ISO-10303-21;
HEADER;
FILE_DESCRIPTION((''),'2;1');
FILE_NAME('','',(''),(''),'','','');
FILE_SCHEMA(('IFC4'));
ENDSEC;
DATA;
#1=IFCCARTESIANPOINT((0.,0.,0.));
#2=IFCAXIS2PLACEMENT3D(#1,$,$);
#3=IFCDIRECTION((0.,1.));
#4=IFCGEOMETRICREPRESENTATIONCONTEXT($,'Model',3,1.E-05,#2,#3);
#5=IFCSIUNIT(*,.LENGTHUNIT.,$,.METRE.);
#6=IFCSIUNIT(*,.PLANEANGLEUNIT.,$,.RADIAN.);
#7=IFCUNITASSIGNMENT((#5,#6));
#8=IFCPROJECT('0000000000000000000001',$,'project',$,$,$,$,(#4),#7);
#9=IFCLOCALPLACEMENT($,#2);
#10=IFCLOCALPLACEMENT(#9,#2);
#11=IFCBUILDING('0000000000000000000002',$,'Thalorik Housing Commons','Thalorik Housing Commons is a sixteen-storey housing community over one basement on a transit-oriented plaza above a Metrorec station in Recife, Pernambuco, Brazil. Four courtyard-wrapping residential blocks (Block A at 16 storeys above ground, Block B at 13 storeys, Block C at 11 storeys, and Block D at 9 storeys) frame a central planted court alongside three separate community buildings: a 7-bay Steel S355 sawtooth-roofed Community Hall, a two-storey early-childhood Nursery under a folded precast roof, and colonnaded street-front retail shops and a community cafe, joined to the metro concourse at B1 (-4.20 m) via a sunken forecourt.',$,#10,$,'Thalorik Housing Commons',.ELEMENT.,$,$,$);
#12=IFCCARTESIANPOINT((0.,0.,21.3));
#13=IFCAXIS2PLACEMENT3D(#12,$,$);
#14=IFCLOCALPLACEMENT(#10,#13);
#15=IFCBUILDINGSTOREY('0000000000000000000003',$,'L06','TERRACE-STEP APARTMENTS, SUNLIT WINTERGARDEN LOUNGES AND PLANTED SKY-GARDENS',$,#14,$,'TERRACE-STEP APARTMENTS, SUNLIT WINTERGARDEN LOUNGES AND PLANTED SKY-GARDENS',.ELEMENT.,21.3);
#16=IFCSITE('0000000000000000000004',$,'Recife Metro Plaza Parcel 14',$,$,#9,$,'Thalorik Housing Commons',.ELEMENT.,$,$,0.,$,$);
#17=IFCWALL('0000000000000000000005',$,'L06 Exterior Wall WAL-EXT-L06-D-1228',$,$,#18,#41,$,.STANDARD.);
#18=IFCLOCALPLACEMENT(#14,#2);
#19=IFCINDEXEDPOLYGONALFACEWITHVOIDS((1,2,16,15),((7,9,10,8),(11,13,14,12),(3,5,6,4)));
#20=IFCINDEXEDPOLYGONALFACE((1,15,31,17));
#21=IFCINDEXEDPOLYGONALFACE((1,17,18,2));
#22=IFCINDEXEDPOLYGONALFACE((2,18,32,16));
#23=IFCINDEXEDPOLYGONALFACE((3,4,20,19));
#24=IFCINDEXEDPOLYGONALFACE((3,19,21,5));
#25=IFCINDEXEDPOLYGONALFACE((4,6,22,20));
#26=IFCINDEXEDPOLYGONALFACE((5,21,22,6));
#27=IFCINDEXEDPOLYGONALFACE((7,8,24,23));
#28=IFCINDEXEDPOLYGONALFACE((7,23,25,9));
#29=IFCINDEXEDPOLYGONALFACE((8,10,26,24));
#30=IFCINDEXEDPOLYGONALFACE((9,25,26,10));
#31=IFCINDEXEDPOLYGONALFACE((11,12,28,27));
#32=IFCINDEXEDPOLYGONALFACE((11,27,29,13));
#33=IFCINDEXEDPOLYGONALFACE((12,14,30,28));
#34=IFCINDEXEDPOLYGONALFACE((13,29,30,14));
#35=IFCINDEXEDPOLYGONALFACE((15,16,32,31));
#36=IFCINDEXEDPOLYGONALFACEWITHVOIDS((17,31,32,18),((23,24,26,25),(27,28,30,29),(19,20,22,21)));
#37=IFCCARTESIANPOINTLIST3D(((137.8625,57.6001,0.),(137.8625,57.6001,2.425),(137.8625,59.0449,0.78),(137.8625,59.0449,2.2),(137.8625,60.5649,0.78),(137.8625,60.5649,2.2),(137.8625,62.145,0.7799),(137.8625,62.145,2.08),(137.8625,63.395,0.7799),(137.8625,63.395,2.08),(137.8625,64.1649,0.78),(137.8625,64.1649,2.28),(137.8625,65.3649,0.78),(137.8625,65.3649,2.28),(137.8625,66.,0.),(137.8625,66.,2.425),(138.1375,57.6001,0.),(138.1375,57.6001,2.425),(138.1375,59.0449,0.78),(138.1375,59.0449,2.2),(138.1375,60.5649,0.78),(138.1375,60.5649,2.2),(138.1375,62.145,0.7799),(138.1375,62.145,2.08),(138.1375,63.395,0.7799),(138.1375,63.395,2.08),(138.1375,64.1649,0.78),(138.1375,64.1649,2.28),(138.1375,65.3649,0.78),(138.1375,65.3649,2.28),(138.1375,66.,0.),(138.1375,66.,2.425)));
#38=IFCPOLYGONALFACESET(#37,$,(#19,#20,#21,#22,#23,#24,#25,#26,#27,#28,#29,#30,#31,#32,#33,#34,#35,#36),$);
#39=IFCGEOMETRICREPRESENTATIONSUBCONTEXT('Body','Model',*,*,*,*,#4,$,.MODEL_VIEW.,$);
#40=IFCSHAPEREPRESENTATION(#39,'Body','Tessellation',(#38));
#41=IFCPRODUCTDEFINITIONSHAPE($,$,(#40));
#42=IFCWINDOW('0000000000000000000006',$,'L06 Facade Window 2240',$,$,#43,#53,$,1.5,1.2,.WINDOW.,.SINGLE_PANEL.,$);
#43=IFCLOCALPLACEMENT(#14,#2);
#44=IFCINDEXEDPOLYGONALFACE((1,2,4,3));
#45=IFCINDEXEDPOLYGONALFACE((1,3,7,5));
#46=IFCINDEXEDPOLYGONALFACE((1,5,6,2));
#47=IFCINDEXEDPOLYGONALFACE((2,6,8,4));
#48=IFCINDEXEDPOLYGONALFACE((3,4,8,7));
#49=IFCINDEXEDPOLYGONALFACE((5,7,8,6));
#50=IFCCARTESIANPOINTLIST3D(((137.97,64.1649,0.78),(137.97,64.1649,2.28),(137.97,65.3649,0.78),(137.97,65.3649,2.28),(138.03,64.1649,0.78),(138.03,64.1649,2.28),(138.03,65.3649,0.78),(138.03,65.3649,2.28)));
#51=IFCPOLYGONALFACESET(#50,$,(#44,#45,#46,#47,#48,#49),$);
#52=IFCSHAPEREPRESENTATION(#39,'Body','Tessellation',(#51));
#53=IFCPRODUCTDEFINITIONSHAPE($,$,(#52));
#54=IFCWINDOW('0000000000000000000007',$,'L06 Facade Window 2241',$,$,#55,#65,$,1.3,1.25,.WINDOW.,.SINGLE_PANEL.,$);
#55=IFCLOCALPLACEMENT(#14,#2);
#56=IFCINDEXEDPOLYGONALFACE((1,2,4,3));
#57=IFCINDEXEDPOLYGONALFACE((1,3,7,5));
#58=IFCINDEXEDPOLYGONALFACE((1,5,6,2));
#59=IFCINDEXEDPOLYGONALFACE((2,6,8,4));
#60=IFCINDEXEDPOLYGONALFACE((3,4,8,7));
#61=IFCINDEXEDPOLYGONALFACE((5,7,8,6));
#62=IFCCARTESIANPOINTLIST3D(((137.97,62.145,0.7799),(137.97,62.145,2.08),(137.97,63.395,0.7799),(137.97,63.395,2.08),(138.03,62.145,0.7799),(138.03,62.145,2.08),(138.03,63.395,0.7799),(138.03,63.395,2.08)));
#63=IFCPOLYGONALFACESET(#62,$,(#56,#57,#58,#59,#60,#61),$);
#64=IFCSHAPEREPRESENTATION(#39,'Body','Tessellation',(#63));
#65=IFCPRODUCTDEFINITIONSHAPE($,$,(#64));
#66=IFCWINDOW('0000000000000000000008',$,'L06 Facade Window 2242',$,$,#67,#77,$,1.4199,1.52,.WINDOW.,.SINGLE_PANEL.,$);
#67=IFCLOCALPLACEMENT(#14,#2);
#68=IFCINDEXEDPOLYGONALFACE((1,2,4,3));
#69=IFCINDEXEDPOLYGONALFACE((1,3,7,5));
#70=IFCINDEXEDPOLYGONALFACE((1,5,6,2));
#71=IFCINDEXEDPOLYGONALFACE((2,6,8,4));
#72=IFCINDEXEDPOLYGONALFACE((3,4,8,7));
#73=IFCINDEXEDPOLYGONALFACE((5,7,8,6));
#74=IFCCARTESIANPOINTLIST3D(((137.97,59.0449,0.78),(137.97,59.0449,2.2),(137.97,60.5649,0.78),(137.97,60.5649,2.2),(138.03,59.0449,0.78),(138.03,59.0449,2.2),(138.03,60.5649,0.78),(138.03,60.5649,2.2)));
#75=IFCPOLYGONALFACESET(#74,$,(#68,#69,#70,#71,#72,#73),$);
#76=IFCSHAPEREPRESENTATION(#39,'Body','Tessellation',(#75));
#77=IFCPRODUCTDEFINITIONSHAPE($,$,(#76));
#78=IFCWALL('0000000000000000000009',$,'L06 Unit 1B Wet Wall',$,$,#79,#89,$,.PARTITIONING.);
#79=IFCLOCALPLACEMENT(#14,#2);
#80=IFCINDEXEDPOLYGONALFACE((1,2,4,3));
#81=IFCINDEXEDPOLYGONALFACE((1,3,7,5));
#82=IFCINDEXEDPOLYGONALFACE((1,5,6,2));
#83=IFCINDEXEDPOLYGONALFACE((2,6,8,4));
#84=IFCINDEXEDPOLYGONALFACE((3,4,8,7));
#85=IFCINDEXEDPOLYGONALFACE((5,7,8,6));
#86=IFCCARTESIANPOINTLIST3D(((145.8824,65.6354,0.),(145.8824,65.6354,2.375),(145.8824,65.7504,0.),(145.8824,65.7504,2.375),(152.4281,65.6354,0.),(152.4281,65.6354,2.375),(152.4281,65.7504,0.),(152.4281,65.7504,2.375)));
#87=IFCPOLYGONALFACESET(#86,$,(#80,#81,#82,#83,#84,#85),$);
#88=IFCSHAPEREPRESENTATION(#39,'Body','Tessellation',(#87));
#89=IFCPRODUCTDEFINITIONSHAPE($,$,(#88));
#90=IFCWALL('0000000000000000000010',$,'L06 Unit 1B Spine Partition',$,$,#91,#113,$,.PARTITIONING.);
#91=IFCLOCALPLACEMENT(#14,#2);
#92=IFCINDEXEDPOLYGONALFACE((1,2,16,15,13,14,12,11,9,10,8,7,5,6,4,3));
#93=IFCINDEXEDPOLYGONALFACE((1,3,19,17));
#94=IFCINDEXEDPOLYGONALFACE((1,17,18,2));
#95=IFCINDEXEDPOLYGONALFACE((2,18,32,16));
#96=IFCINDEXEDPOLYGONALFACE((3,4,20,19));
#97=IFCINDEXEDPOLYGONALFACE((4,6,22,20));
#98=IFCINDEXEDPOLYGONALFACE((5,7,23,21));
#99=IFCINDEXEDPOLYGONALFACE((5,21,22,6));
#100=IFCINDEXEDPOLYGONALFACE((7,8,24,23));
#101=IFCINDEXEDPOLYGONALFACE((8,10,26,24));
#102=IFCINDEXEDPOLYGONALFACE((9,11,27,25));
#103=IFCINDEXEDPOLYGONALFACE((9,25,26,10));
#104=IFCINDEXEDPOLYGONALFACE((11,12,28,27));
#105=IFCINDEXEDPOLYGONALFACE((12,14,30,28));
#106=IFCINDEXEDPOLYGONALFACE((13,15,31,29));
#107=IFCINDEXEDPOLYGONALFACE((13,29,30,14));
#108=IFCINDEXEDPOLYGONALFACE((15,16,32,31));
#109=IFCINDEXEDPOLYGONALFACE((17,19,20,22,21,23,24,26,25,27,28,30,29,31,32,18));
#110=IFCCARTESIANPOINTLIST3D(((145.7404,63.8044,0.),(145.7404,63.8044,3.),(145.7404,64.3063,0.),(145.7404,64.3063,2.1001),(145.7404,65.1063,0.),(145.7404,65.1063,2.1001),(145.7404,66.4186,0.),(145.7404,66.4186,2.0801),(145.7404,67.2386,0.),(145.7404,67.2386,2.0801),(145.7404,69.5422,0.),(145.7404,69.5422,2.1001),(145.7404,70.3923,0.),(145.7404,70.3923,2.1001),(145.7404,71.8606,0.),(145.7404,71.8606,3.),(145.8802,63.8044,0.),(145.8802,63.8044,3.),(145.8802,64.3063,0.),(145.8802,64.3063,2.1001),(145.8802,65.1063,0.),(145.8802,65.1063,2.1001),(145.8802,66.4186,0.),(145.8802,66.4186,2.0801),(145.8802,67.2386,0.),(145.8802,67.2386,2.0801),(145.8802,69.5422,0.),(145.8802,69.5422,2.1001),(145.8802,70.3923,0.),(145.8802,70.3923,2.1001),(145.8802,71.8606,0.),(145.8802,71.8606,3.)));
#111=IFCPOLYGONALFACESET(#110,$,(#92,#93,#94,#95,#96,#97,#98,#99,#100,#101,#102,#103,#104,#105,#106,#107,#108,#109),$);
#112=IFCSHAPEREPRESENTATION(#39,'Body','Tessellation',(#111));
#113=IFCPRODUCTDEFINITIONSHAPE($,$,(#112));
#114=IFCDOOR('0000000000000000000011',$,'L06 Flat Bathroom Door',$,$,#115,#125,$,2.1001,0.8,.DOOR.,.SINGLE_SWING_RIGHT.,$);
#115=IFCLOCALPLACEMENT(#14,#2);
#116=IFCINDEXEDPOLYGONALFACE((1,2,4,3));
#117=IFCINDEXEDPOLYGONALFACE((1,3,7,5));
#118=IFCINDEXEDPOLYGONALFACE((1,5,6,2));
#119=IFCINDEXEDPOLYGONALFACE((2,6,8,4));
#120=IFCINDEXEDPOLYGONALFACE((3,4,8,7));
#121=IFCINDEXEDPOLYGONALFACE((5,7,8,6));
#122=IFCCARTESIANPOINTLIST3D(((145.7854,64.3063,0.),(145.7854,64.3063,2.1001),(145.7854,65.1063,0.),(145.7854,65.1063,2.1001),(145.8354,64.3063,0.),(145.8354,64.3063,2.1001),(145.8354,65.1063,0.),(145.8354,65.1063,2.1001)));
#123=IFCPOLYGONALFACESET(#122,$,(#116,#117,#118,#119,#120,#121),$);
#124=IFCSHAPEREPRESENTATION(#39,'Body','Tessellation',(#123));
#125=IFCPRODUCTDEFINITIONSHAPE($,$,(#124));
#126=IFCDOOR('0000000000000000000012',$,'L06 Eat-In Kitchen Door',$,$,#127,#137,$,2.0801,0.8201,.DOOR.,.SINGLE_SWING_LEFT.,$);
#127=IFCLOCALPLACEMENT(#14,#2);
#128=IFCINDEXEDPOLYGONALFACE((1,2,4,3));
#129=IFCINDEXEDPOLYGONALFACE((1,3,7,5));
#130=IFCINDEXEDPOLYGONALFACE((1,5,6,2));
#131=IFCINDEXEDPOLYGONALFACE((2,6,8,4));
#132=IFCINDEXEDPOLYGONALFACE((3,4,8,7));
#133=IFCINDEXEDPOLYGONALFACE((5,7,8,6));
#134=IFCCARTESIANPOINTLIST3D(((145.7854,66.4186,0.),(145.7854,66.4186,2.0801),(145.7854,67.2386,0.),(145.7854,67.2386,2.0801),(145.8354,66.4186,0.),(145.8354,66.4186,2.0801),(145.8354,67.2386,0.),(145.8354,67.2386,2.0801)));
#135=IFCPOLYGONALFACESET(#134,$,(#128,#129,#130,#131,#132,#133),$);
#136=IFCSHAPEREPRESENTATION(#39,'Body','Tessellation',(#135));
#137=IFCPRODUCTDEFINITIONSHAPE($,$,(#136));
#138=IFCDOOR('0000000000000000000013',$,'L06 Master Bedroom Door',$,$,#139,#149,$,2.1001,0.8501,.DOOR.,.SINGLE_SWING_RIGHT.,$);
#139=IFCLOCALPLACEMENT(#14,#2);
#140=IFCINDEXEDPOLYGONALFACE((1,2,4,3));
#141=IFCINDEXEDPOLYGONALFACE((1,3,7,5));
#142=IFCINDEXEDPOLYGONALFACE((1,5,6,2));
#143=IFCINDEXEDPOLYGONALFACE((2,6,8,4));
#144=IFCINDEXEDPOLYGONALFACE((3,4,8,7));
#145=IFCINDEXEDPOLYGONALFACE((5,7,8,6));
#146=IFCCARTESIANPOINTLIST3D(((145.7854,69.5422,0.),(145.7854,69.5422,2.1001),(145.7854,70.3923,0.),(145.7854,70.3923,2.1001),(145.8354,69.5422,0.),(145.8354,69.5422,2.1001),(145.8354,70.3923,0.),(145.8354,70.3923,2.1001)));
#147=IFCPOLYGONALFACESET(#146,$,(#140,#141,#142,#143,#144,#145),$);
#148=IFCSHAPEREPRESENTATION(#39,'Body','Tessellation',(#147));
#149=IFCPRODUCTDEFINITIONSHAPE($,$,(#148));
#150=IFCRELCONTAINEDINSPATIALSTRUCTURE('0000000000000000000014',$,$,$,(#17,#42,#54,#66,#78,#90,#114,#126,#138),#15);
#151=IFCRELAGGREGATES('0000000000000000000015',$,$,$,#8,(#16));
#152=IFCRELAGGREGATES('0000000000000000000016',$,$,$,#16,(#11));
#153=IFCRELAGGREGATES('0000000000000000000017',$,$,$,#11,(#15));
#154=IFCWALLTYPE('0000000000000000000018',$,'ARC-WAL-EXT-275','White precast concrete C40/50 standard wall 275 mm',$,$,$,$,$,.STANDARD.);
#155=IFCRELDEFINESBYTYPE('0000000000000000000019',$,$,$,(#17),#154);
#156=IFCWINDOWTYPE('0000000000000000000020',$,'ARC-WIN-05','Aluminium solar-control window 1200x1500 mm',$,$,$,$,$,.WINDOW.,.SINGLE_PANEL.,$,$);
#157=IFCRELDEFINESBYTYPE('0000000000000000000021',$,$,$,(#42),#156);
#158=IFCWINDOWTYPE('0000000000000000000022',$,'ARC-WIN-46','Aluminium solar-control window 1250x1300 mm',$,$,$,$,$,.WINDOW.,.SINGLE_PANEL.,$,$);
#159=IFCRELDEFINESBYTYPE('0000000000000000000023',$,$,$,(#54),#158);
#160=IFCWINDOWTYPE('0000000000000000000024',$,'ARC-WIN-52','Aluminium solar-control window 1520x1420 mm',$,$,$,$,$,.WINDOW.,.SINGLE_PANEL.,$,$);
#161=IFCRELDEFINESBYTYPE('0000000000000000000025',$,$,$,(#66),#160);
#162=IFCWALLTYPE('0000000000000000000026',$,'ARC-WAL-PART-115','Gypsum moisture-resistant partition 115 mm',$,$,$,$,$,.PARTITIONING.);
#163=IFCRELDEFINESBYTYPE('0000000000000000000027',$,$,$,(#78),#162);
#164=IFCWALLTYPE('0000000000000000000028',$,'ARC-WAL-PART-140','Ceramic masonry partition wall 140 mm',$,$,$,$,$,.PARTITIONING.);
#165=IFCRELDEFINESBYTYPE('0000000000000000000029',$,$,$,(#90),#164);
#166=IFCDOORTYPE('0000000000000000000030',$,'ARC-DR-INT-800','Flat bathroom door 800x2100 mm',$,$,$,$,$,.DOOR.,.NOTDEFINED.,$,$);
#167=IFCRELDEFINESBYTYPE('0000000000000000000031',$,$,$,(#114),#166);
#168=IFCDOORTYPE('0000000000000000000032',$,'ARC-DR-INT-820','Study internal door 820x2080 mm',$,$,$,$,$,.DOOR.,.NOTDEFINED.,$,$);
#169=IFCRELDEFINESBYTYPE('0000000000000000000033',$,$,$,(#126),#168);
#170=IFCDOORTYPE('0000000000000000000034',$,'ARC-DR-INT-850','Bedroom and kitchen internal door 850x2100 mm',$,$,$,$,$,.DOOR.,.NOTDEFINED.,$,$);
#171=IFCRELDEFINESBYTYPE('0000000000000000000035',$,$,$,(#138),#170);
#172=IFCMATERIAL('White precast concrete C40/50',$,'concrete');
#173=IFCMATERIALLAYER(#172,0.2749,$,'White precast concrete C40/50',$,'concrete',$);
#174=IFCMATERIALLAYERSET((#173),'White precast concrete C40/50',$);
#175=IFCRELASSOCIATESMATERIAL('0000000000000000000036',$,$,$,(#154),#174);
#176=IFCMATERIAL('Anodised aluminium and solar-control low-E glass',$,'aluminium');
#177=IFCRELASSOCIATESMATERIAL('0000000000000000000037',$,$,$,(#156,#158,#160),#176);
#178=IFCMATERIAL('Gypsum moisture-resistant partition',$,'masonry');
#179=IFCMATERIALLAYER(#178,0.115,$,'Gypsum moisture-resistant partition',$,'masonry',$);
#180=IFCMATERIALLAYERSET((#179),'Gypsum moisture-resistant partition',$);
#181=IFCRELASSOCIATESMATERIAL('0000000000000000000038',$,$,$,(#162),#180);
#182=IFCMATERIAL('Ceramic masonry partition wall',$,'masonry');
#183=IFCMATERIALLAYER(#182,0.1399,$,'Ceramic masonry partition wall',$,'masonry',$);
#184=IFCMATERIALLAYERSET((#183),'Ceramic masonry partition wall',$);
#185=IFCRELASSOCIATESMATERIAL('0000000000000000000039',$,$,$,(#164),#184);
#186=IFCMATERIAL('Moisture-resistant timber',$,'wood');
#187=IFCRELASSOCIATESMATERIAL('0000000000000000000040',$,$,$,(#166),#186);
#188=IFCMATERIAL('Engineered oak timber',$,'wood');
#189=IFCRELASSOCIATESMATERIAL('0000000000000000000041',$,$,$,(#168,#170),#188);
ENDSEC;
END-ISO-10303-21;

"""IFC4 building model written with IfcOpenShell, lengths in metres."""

from ifc_helpers import new_model, si_unit, direction, frame, frame_2d, origin, place, context, subcontext, project, spatial, rectangle, extrude, material, layer, layer_set, type_object, element, fill, save


model = new_model("IFC4")

# Units and contexts
model_context = context("Model", 3, precision=1e-05, world=origin(), true_north=direction((0.0, 1.0)))
body_context = subcontext(model_context, "Body", "Model", "MODEL_VIEW")
ifc_project = project(units=[si_unit("LENGTHUNIT", "METRE"), si_unit("PLANEANGLEUNIT", "RADIAN")], contexts=[model_context])

# Site, building, storey
site_placement = place(None, origin())
site = spatial("IfcSite", under=ifc_project, at=site_placement, Name="Recife Metro Plaza Parcel 14", LongName="Thalorik Housing Commons", CompositionType="ELEMENT", RefElevation=0.0)
building_placement = place(site_placement, origin())
building = spatial("IfcBuilding", under=site, at=building_placement, Name="Thalorik Housing Commons", Description="Thalorik Housing Commons is a sixteen-storey housing community over one basement on a transit-oriented plaza above a Metrorec station in Recife, Pernambuco, Brazil. Four courtyard-wrapping residential blocks (Block A at 16 storeys above ground, Block B at 13 storeys, Block C at 11 storeys, and Block D at 9 storeys) frame a central planted court alongside three separate community buildings: a 7-bay Steel S355 sawtooth-roofed Community Hall, a two-storey early-childhood Nursery under a folded precast roof, and colonnaded street-front retail shops and a community cafe, joined to the metro concourse at B1 (-4.20 m) via a sunken forecourt.", LongName="Thalorik Housing Commons", CompositionType="ELEMENT")
storey_placement = place(building_placement, frame((0.0, 0.0, 21.3)))
storey = spatial("IfcBuildingStorey", under=building, at=storey_placement, Name="L06", Description="TERRACE-STEP APARTMENTS, SUNLIT WINTERGARDEN LOUNGES AND PLANTED SKY-GARDENS", LongName="TERRACE-STEP APARTMENTS, SUNLIT WINTERGARDEN LOUNGES AND PLANTED SKY-GARDENS", CompositionType="ELEMENT", Elevation=21.3)

# Wall, openings, windows
ifc_material_1 = material(Name="White precast concrete C40/50", Category="concrete")
ifc_layer_1 = layer(ifc_material_1, 0.2749, Name="White precast concrete C40/50", Category="concrete")
ifc_layer_set_1 = layer_set([ifc_layer_1], Name="White precast concrete C40/50")
wall_type_1 = type_object("IfcWallType", Name="ARC-WAL-EXT-275", Description="White precast concrete C40/50 standard wall 275 mm", PredefinedType="STANDARD", material=ifc_layer_set_1)
wall_1_placement = place(storey_placement, frame((138.0, 66.0, 0.0), z_axis=(0.0, 0.0, 1.0), x_axis=(0.0, -1.0, 0.0)))
wall_1 = element("IfcWall", 1, at=wall_1_placement, inside=storey, type_object=wall_type_1, Name="L06 Exterior Wall WAL-EXT-L06-D-1228", PredefinedType="STANDARD", context=body_context, shape_type="SweptSolid", body=[
    extrude(rectangle(XDim=8.3999, YDim=0.2749, at=frame_2d((4.2, 0.0))), origin(), (0.0, 0.0, 1.0), 2.425),
])
opening_1_placement = place(wall_1_placement, frame((0.635, 0.0, 0.78)))
opening_1 = element("IfcOpeningElement", 2, at=opening_1_placement, cuts=wall_1, PredefinedType="OPENING", context=body_context, shape_type="SweptSolid", body=[
    extrude(rectangle(XDim=1.2, YDim=1.5, at=frame_2d((0.6001, 0.75))), frame((0.0, 0.1475, 0.0), z_axis=(0.0, -1.0, 0.0), x_axis=(1.0, 0.0, 0.0)), (0.0, 0.0, 1.0), 0.2949),
])
opening_2_placement = place(wall_1_placement, frame((2.605, 0.0, 0.78)))
opening_2 = element("IfcOpeningElement", 3, at=opening_2_placement, cuts=wall_1, PredefinedType="OPENING", context=body_context, shape_type="SweptSolid", body=[
    extrude(rectangle(XDim=1.25, YDim=1.3, at=frame_2d((0.625, 0.6499))), frame((0.0, 0.1475, 0.0), z_axis=(0.0, -1.0, 0.0), x_axis=(1.0, 0.0, 0.0)), (0.0, 0.0, 1.0), 0.2949),
])
opening_3_placement = place(wall_1_placement, frame((5.4351, 0.0, 0.78)))
opening_3 = element("IfcOpeningElement", 4, at=opening_3_placement, cuts=wall_1, PredefinedType="OPENING", context=body_context, shape_type="SweptSolid", body=[
    extrude(rectangle(XDim=1.52, YDim=1.4199, at=frame_2d((0.76, 0.71))), frame((0.0, 0.1475, 0.0), z_axis=(0.0, -1.0, 0.0), x_axis=(1.0, 0.0, 0.0)), (0.0, 0.0, 1.0), 0.2949),
])
ifc_material_2 = material(Name="Anodised aluminium and solar-control low-E glass", Category="aluminium")
window_type_1 = type_object("IfcWindowType", Name="ARC-WIN-05", Description="Aluminium solar-control window 1200x1500 mm", PartitioningType="SINGLE_PANEL", PredefinedType="WINDOW", material=ifc_material_2)
window_1_placement = place(opening_1_placement, origin())
window_1 = element("IfcWindow", 5, at=window_1_placement, inside=storey, type_object=window_type_1, Name="L06 Facade Window 2240", OverallHeight=1.5, OverallWidth=1.2, PartitioningType="SINGLE_PANEL", PredefinedType="WINDOW", context=body_context, shape_type="SweptSolid", body=[
    extrude(rectangle(XDim=1.2, YDim=1.5, at=frame_2d((0.6001, 0.75))), frame((0.0, 0.03, 0.0), z_axis=(0.0, -1.0, 0.0), x_axis=(1.0, 0.0, 0.0)), (0.0, 0.0, 1.0), 0.0601),
])
fill(opening_1, window_1)
window_type_2 = type_object("IfcWindowType", Name="ARC-WIN-46", Description="Aluminium solar-control window 1250x1300 mm", PartitioningType="SINGLE_PANEL", PredefinedType="WINDOW", material=ifc_material_2)
window_2_placement = place(opening_2_placement, origin())
window_2 = element("IfcWindow", 6, at=window_2_placement, inside=storey, type_object=window_type_2, Name="L06 Facade Window 2241", OverallHeight=1.3, OverallWidth=1.25, PartitioningType="SINGLE_PANEL", PredefinedType="WINDOW", context=body_context, shape_type="SweptSolid", body=[
    extrude(rectangle(XDim=1.25, YDim=1.3, at=frame_2d((0.625, 0.6499))), frame((0.0, 0.03, 0.0), z_axis=(0.0, -1.0, 0.0), x_axis=(1.0, 0.0, 0.0)), (0.0, 0.0, 1.0), 0.0601),
])
fill(opening_2, window_2)
window_type_3 = type_object("IfcWindowType", Name="ARC-WIN-52", Description="Aluminium solar-control window 1520x1420 mm", PartitioningType="SINGLE_PANEL", PredefinedType="WINDOW", material=ifc_material_2)
window_3_placement = place(opening_3_placement, origin())
window_3 = element("IfcWindow", 7, at=window_3_placement, inside=storey, type_object=window_type_3, Name="L06 Facade Window 2242", OverallHeight=1.4199, OverallWidth=1.52, PartitioningType="SINGLE_PANEL", PredefinedType="WINDOW", context=body_context, shape_type="SweptSolid", body=[
    extrude(rectangle(XDim=1.52, YDim=1.4199, at=frame_2d((0.76, 0.71))), frame((0.0, 0.03, 0.0), z_axis=(0.0, -1.0, 0.0), x_axis=(1.0, 0.0, 0.0)), (0.0, 0.0, 1.0), 0.0601),
])
fill(opening_3, window_3)

# Wall
ifc_material_3 = material(Name="Gypsum moisture-resistant partition", Category="masonry")
ifc_layer_2 = layer(ifc_material_3, 0.115, Name="Gypsum moisture-resistant partition", Category="masonry")
ifc_layer_set_2 = layer_set([ifc_layer_2], Name="Gypsum moisture-resistant partition")
wall_type_2 = type_object("IfcWallType", Name="ARC-WAL-PART-115", Description="Gypsum moisture-resistant partition 115 mm", PredefinedType="PARTITIONING", material=ifc_layer_set_2)
wall_2_placement = place(storey_placement, frame((145.8823, 65.6929, 0.0), z_axis=(0.0, 0.0, 1.0), x_axis=(1.0, 0.0, 0.0)))
element("IfcWall", 8, at=wall_2_placement, inside=storey, type_object=wall_type_2, Name="L06 Unit 1B Wet Wall", PredefinedType="PARTITIONING", context=body_context, shape_type="SweptSolid", body=[
    extrude(rectangle(XDim=6.5457, YDim=0.115, at=frame_2d((3.2729, 0.0))), origin(), (0.0, 0.0, 1.0), 2.375),
])

# Wall, openings, doors
ifc_material_4 = material(Name="Ceramic masonry partition wall", Category="masonry")
ifc_layer_3 = layer(ifc_material_4, 0.1399, Name="Ceramic masonry partition wall", Category="masonry")
ifc_layer_set_3 = layer_set([ifc_layer_3], Name="Ceramic masonry partition wall")
wall_type_3 = type_object("IfcWallType", Name="ARC-WAL-PART-140", Description="Ceramic masonry partition wall 140 mm", PredefinedType="PARTITIONING", material=ifc_layer_set_3)
wall_3_placement = place(storey_placement, frame((145.8103, 63.8044, 0.0), z_axis=(0.0, 0.0, 1.0), x_axis=(0.0, 1.0, 0.0)))
wall_3 = element("IfcWall", 9, at=wall_3_placement, inside=storey, type_object=wall_type_3, Name="L06 Unit 1B Spine Partition", PredefinedType="PARTITIONING", context=body_context, shape_type="SweptSolid", body=[
    extrude(rectangle(XDim=8.0562, YDim=0.1399, at=frame_2d((4.0281, 0.0))), origin(), (0.0, 0.0, 1.0), 3.0),
])
opening_4_placement = place(wall_3_placement, frame((0.502, 0.0, 0.0)))
opening_4 = element("IfcOpeningElement", 10, at=opening_4_placement, cuts=wall_3, PredefinedType="OPENING", context=body_context, shape_type="SweptSolid", body=[
    extrude(rectangle(XDim=0.8, YDim=2.1001, at=frame_2d((0.3999, 1.05))), frame((0.0, 0.0801, 0.0), z_axis=(0.0, -1.0, 0.0), x_axis=(1.0, 0.0, 0.0)), (0.0, 0.0, 1.0), 0.1599),
])
opening_5_placement = place(wall_3_placement, frame((2.614, 0.0, 0.0)))
opening_5 = element("IfcOpeningElement", 11, at=opening_5_placement, cuts=wall_3, PredefinedType="OPENING", context=body_context, shape_type="SweptSolid", body=[
    extrude(rectangle(XDim=0.8201, YDim=2.0801, at=frame_2d((0.4102, 1.04))), frame((0.0, 0.0801, 0.0), z_axis=(0.0, -1.0, 0.0), x_axis=(1.0, 0.0, 0.0)), (0.0, 0.0, 1.0), 0.1599),
])
opening_6_placement = place(wall_3_placement, frame((5.7378, 0.0, 0.0)))
opening_6 = element("IfcOpeningElement", 12, at=opening_6_placement, cuts=wall_3, PredefinedType="OPENING", context=body_context, shape_type="SweptSolid", body=[
    extrude(rectangle(XDim=0.8501, YDim=2.1001, at=frame_2d((0.425, 1.05))), frame((0.0, 0.0801, 0.0), z_axis=(0.0, -1.0, 0.0), x_axis=(1.0, 0.0, 0.0)), (0.0, 0.0, 1.0), 0.1599),
])
ifc_material_5 = material(Name="Moisture-resistant timber", Category="wood")
door_type_1 = type_object("IfcDoorType", Name="ARC-DR-INT-800", Description="Flat bathroom door 800x2100 mm", OperationType="NOTDEFINED", PredefinedType="DOOR", material=ifc_material_5)
door_1_placement = place(opening_4_placement, origin())
door_1 = element("IfcDoor", 13, at=door_1_placement, inside=storey, type_object=door_type_1, Name="L06 Flat Bathroom Door", OperationType="SINGLE_SWING_RIGHT", OverallHeight=2.1001, OverallWidth=0.8, PredefinedType="DOOR", context=body_context, shape_type="SweptSolid", body=[
    extrude(rectangle(XDim=0.8, YDim=2.1001, at=frame_2d((0.3999, 1.05))), frame((0.0, 0.0249, 0.0), z_axis=(0.0, -1.0, 0.0), x_axis=(1.0, 0.0, 0.0)), (0.0, 0.0, 1.0), 0.05),
])
fill(opening_4, door_1)
ifc_material_6 = material(Name="Engineered oak timber", Category="wood")
door_type_2 = type_object("IfcDoorType", Name="ARC-DR-INT-820", Description="Study internal door 820x2080 mm", OperationType="NOTDEFINED", PredefinedType="DOOR", material=ifc_material_6)
door_2_placement = place(opening_5_placement, origin())
door_2 = element("IfcDoor", 14, at=door_2_placement, inside=storey, type_object=door_type_2, Name="L06 Eat-In Kitchen Door", OperationType="SINGLE_SWING_LEFT", OverallHeight=2.0801, OverallWidth=0.8201, PredefinedType="DOOR", context=body_context, shape_type="SweptSolid", body=[
    extrude(rectangle(XDim=0.8201, YDim=2.0801, at=frame_2d((0.4102, 1.04))), frame((0.0, 0.0249, 0.0), z_axis=(0.0, -1.0, 0.0), x_axis=(1.0, 0.0, 0.0)), (0.0, 0.0, 1.0), 0.05),
])
fill(opening_5, door_2)
door_type_3 = type_object("IfcDoorType", Name="ARC-DR-INT-850", Description="Bedroom and kitchen internal door 850x2100 mm", OperationType="NOTDEFINED", PredefinedType="DOOR", material=ifc_material_6)
door_3_placement = place(opening_6_placement, origin())
door_3 = element("IfcDoor", 15, at=door_3_placement, inside=storey, type_object=door_type_3, Name="L06 Master Bedroom Door", OperationType="SINGLE_SWING_RIGHT", OverallHeight=2.1001, OverallWidth=0.8501, PredefinedType="DOOR", context=body_context, shape_type="SweptSolid", body=[
    extrude(rectangle(XDim=0.8501, YDim=2.1001, at=frame_2d((0.425, 1.05))), frame((0.0, 0.0249, 0.0), z_axis=(0.0, -1.0, 0.0), x_axis=(1.0, 0.0, 0.0)), (0.0, 0.0, 1.0), 0.05),
])
fill(opening_6, door_3)

save(model, "model.ifc")
